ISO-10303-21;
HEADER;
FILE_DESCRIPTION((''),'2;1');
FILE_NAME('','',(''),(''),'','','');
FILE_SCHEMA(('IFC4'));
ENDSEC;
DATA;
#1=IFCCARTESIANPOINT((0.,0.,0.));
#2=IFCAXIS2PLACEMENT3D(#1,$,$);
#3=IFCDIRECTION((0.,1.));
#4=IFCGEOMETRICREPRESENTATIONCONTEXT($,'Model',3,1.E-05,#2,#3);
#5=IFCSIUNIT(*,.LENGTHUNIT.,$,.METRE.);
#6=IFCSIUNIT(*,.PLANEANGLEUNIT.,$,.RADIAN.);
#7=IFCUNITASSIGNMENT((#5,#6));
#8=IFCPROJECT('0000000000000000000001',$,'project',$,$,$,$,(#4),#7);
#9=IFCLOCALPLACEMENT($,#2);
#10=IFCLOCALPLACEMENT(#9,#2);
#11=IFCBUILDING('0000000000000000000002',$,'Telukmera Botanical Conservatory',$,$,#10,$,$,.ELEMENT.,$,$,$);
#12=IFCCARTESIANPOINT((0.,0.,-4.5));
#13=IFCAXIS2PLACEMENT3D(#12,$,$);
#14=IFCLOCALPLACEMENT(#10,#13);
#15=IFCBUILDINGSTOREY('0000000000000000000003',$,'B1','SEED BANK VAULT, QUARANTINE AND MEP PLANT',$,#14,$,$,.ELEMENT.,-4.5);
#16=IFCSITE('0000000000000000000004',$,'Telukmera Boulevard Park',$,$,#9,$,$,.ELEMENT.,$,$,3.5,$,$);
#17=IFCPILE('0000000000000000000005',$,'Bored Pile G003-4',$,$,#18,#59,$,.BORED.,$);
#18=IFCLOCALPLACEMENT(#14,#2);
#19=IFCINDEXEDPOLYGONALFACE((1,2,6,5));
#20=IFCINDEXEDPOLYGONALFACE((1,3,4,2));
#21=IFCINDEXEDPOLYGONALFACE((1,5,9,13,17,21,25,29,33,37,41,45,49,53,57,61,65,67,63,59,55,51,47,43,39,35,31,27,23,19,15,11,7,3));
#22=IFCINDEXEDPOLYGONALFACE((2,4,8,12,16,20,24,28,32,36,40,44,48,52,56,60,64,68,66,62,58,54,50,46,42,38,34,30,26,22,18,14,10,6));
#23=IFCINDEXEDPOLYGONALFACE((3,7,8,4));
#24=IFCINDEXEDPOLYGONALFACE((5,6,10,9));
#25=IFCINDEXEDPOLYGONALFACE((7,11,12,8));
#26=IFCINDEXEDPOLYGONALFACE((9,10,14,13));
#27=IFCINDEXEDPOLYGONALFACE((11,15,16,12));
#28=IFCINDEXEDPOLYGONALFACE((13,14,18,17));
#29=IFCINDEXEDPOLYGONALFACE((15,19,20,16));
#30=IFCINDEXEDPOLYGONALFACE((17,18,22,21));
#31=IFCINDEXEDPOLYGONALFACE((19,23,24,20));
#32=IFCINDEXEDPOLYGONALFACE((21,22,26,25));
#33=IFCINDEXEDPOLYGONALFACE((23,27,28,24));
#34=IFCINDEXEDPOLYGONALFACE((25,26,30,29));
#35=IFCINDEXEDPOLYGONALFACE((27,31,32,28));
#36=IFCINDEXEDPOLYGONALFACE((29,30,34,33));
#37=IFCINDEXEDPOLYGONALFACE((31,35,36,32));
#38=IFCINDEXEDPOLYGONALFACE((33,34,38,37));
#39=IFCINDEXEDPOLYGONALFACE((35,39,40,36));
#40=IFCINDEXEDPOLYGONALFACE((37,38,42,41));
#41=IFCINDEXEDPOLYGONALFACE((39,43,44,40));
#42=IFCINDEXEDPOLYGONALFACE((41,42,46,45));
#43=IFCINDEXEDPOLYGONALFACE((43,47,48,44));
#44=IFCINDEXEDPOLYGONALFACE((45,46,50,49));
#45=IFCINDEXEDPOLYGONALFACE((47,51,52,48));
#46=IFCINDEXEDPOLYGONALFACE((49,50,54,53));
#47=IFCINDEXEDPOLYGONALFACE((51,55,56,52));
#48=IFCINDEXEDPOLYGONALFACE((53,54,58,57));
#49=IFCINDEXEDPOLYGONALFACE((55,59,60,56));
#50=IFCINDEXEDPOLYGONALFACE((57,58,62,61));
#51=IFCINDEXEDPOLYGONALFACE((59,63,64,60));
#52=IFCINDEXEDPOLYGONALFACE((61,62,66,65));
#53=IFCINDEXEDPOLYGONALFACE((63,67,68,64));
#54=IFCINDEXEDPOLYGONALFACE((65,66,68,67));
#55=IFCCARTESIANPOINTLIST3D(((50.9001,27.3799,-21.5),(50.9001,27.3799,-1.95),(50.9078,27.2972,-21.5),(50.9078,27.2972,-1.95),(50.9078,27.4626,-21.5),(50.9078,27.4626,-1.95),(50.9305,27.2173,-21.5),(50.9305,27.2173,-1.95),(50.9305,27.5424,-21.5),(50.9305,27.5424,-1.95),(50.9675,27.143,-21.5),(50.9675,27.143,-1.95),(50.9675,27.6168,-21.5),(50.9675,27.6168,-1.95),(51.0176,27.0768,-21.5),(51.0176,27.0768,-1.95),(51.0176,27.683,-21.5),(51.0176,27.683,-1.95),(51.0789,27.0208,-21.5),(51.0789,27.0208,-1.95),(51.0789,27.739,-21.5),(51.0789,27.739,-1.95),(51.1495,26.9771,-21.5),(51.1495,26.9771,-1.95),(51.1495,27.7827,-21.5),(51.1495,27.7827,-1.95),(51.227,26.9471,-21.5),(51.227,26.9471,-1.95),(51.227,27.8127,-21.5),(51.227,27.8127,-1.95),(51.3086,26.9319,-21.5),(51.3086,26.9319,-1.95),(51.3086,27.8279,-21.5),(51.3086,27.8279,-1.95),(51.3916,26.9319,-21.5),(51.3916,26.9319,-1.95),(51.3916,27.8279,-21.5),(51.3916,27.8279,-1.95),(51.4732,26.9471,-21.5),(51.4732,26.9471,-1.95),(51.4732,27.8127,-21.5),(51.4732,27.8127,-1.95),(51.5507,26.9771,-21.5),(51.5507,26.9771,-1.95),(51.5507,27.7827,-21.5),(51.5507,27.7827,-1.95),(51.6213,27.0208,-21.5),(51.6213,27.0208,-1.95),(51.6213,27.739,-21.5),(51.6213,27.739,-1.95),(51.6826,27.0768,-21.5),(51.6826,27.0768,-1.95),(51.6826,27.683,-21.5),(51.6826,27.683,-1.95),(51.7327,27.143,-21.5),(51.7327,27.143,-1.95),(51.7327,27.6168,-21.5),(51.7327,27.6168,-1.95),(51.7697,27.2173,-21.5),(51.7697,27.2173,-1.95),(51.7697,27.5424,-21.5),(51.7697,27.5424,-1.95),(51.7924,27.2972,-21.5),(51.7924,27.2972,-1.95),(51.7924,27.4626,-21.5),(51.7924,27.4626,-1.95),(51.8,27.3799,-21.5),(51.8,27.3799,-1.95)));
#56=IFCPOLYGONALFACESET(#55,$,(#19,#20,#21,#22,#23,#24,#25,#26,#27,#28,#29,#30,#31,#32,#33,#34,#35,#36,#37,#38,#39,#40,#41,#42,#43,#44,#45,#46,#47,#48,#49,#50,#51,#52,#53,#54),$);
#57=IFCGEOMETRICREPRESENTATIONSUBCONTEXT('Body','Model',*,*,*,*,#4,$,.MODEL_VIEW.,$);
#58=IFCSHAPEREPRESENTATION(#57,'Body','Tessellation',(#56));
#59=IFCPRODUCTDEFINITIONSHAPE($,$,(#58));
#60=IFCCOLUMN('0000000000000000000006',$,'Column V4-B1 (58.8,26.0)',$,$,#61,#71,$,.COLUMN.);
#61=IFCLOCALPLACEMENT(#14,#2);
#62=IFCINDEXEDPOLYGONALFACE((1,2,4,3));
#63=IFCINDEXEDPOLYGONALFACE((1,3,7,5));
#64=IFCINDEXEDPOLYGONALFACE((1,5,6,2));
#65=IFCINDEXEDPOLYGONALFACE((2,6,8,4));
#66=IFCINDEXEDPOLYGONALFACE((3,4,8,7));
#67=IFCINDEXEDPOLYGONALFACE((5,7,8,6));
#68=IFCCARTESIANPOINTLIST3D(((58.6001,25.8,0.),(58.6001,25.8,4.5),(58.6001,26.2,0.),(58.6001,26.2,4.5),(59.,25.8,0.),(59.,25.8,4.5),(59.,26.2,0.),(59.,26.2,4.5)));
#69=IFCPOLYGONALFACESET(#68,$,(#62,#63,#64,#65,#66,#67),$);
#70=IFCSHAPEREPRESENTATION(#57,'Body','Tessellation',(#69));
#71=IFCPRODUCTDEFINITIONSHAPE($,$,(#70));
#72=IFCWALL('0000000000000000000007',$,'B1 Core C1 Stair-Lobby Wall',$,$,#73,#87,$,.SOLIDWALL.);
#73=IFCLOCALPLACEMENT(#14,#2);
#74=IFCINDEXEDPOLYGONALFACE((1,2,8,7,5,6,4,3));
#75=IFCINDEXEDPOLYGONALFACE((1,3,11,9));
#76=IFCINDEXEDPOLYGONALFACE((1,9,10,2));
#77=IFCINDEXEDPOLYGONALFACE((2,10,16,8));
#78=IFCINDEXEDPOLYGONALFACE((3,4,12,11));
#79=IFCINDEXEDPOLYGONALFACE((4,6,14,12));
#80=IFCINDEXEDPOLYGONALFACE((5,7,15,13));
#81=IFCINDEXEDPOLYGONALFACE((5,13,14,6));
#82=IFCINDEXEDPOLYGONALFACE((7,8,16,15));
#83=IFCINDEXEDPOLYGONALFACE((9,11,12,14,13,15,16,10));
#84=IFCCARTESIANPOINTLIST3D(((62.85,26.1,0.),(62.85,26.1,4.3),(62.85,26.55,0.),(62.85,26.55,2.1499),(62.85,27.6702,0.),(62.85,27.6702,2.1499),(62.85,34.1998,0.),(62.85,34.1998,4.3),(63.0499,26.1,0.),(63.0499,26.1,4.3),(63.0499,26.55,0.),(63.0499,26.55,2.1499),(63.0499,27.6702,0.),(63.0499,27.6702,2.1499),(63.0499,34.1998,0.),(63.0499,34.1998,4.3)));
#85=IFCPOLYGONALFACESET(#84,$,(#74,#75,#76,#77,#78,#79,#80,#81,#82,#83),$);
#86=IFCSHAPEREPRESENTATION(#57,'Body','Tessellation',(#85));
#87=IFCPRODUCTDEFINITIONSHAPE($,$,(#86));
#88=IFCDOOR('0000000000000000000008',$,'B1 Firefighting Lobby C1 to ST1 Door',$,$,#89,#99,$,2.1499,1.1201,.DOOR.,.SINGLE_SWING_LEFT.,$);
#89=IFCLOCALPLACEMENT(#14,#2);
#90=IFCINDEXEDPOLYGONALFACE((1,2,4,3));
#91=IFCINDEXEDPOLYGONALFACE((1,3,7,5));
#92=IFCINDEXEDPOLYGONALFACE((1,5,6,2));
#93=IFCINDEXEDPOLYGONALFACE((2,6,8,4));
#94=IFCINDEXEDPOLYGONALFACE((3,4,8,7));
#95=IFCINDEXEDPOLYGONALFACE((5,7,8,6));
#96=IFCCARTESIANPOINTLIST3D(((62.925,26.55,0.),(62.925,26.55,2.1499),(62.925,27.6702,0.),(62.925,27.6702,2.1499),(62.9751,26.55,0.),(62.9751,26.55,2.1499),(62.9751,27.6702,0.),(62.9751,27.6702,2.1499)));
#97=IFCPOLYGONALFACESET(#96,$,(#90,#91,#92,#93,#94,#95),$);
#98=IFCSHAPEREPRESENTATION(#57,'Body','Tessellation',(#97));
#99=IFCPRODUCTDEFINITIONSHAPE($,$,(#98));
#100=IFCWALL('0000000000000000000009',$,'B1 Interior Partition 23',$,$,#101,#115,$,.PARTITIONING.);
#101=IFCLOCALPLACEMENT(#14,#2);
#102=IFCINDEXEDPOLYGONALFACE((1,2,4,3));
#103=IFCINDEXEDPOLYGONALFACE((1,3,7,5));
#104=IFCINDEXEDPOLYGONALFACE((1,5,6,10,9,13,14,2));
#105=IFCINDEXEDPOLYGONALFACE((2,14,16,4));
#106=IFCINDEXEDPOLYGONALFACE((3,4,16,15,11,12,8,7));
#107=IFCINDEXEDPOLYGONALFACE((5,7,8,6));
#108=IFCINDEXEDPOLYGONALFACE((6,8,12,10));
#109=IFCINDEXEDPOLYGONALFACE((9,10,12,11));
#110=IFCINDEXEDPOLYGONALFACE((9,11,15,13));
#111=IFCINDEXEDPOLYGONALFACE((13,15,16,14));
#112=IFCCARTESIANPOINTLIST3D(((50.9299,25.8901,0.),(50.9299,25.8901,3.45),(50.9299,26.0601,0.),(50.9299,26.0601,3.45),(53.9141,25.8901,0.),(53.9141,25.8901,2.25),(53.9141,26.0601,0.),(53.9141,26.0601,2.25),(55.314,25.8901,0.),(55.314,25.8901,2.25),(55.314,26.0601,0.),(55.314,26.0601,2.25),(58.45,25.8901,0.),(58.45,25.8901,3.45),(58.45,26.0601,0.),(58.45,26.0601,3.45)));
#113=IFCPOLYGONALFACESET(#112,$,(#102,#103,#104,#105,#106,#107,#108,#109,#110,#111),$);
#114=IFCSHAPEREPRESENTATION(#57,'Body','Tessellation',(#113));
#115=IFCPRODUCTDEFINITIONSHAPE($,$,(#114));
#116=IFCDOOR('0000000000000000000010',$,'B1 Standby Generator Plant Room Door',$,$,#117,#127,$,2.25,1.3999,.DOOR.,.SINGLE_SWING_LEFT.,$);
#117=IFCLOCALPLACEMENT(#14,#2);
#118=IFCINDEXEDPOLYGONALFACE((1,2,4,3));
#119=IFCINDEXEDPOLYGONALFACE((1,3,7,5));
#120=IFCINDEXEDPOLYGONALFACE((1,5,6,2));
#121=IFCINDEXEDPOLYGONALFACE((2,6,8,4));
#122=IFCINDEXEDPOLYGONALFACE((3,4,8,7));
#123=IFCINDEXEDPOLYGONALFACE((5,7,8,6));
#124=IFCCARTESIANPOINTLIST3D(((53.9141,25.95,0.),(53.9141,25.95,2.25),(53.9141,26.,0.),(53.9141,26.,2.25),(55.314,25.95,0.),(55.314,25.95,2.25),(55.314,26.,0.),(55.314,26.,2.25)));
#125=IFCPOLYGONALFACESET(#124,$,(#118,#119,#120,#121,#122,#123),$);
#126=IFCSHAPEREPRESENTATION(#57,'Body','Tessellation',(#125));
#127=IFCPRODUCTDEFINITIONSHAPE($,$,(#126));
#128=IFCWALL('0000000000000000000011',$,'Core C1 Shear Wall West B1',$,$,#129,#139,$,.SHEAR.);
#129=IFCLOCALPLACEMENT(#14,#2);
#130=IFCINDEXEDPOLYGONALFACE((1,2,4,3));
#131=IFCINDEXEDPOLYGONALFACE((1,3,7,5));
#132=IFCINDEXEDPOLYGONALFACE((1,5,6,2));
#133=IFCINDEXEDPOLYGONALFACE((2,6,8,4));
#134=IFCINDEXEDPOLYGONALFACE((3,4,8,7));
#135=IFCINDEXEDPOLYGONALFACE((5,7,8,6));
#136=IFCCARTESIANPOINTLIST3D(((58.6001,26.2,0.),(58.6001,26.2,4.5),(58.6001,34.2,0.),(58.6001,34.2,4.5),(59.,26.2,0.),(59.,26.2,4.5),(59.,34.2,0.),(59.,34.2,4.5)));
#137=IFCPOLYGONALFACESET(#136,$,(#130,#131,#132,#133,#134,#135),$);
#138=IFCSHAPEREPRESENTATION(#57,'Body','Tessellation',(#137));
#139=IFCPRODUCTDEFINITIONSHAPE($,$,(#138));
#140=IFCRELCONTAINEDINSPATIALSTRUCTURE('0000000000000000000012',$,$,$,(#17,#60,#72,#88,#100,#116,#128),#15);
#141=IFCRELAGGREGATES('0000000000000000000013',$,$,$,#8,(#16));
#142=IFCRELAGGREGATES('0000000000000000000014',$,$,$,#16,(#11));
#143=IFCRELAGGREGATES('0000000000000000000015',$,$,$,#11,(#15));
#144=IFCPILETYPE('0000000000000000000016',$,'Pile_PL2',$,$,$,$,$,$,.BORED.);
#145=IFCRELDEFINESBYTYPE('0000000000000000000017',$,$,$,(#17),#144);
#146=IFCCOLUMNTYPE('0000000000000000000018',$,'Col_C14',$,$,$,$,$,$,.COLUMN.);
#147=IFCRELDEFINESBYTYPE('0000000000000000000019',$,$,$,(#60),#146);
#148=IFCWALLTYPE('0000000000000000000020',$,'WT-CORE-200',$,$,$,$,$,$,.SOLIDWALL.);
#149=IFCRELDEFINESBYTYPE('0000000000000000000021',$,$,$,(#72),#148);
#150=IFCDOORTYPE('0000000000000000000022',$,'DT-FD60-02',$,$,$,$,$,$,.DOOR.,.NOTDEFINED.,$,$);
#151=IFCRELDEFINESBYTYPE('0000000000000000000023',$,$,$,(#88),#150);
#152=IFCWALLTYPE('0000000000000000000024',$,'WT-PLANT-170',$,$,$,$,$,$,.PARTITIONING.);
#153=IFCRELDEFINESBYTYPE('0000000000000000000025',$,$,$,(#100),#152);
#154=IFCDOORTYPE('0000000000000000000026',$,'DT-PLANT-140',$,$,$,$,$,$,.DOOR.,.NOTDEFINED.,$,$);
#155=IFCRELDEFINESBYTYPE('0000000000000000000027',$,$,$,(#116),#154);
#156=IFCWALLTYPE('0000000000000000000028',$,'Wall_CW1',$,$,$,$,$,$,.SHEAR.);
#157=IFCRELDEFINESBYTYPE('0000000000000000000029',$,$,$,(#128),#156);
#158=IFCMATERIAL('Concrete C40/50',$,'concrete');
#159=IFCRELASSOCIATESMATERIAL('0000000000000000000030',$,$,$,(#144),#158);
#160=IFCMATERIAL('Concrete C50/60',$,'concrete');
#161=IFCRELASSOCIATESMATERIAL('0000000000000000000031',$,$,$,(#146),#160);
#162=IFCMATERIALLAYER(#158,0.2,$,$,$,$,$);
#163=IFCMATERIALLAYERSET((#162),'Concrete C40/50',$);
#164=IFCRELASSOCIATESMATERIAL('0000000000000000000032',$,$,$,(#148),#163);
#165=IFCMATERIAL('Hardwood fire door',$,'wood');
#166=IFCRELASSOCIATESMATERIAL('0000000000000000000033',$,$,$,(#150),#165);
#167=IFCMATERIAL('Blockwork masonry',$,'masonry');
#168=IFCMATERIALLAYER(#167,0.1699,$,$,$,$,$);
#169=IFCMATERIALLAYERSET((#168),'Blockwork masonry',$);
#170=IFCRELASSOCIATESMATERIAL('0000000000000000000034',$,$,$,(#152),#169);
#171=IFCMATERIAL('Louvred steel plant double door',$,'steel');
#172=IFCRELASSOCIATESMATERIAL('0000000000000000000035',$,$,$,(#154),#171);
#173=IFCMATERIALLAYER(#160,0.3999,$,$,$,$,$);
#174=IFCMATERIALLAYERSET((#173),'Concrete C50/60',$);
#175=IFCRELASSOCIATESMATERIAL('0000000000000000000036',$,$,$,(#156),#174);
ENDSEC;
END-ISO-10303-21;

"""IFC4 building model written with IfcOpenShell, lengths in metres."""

from ifc_helpers import new_model, si_unit, direction, frame, frame_2d, origin, origin_2d, place, context, subcontext, project, spatial, rectangle, circle, extrude, material, layer, layer_set, material_profile, profile_set, type_object, element, fill, save


model = new_model("IFC4")

# Units and contexts
model_context = context("Model", 3, precision=1e-05, world=origin(), true_north=direction((0.0, 1.0)))
body_context = subcontext(model_context, "Body", "Model", "MODEL_VIEW")
ifc_project = project(units=[si_unit("LENGTHUNIT", "METRE"), si_unit("PLANEANGLEUNIT", "RADIAN")], contexts=[model_context])

# Site, building, storey
site_placement = place(None, origin())
site = spatial("IfcSite", under=ifc_project, at=site_placement, Name="Telukmera Boulevard Park", CompositionType="ELEMENT", RefElevation=3.5)
building_placement = place(site_placement, origin())
building = spatial("IfcBuilding", under=site, at=building_placement, Name="Telukmera Botanical Conservatory", CompositionType="ELEMENT")
storey_placement = place(building_placement, frame((0.0, 0.0, -4.5)))
storey = spatial("IfcBuildingStorey", under=building, at=storey_placement, Name="B1", Description="SEED BANK VAULT, QUARANTINE AND MEP PLANT", CompositionType="ELEMENT", Elevation=-4.5)

# Shared definitions
ifc_material_1 = material(Name="Concrete C40/50", Category="concrete")

# Pile
ifc_material_profile_1 = material_profile(ifc_material_1, circle(Radius=0.45, at=origin_2d()), Name="PILE D900")
ifc_profile_set_1 = profile_set([ifc_material_profile_1], Name="Concrete C40/50")
pile_type_1 = type_object("IfcPileType", Name="Pile_PL2", PredefinedType="BORED", material=ifc_profile_set_1)
for number, where, z_axis, x_axis, name in (
    (1, (51.3501, 27.3799, -1.95), (0.0, 0.0, -1.0), (1.0, 0.0, 0.0), "Bored Pile G003-4"),
):
    element("IfcPile", number, at=place(storey_placement, frame(where, z_axis=z_axis, x_axis=x_axis)), inside=storey, type_object=pile_type_1, Name=name, PredefinedType="BORED", context=body_context, shape_type="SweptSolid", body=[
        extrude(circle(Radius=0.45, at=origin_2d()), origin(), (0.0, 0.0, 1.0), 19.55),
    ])

# Column
ifc_material_2 = material(Name="Concrete C50/60", Category="concrete")
ifc_material_profile_2 = material_profile(ifc_material_2, rectangle(XDim=0.3999, YDim=0.3999, at=origin_2d()), Name="RC 400x400")
ifc_profile_set_2 = profile_set([ifc_material_profile_2], Name="Concrete C50/60")
column_type = type_object("IfcColumnType", Name="Col_C14", PredefinedType="COLUMN", material=ifc_profile_set_2)
column_placement = place(storey_placement, frame((58.8, 26.0, 0.0), z_axis=(0.0, 0.0, 1.0), x_axis=(1.0, 0.0, 0.0)))
element("IfcColumn", 2, at=column_placement, inside=storey, type_object=column_type, Name="Column V4-B1 (58.8,26.0)", PredefinedType="COLUMN", context=body_context, shape_type="SweptSolid", body=[
    extrude(rectangle(XDim=0.3999, YDim=0.3999, at=origin_2d()), origin(), (0.0, 0.0, 1.0), 4.5),
])

# Shared definitions
ifc_layer_1 = layer(ifc_material_1, 0.2)
ifc_layer_set_1 = layer_set([ifc_layer_1], Name="Concrete C40/50")
wall_type_1 = type_object("IfcWallType", Name="WT-CORE-200", PredefinedType="SOLIDWALL", material=ifc_layer_set_1)
ifc_material_3 = material(Name="Hardwood fire door", Category="wood")

# Walls, openings, doors
wall_1_placement = place(storey_placement, frame((62.95, 26.1001, 0.0), z_axis=(0.0, 0.0, 1.0), x_axis=(0.0, 1.0, 0.0)))
wall_1 = element("IfcWall", 3, at=wall_1_placement, inside=storey, type_object=wall_type_1, Name="B1 Core C1 Stair-Lobby Wall", PredefinedType="SOLIDWALL", context=body_context, shape_type="SweptSolid", body=[
    extrude(rectangle(XDim=8.0999, YDim=0.2, at=frame_2d((4.0498, 0.0))), origin(), (0.0, 0.0, 1.0), 4.3),
])
opening_1_placement = place(wall_1_placement, frame((0.45, 0.0, 0.0)))
opening_1 = element("IfcOpeningElement", 4, at=opening_1_placement, cuts=wall_1, PredefinedType="OPENING", context=body_context, shape_type="SweptSolid", body=[
    extrude(rectangle(XDim=1.1201, YDim=2.1499, at=frame_2d((0.5601, 1.075))), frame((0.0, 0.1099, 0.0), z_axis=(0.0, -1.0, 0.0), x_axis=(1.0, 0.0, 0.0)), (0.0, 0.0, 1.0), 0.22),
])
door_type_1 = type_object("IfcDoorType", Name="DT-FD60-02", OperationType="NOTDEFINED", PredefinedType="DOOR", material=ifc_material_3)
door_1_placement = place(opening_1_placement, origin())
door_1 = element("IfcDoor", 5, at=door_1_placement, inside=storey, type_object=door_type_1, Name="B1 Firefighting Lobby C1 to ST1 Door", OperationType="SINGLE_SWING_LEFT", OverallHeight=2.1499, OverallWidth=1.1201, PredefinedType="DOOR", context=body_context, shape_type="SweptSolid", body=[
    extrude(rectangle(XDim=1.1201, YDim=2.1499, at=frame_2d((0.5601, 1.075))), frame((0.0, 0.0249, 0.0), z_axis=(0.0, -1.0, 0.0), x_axis=(1.0, 0.0, 0.0)), (0.0, 0.0, 1.0), 0.05),
])
fill(opening_1, door_1)
ifc_material_4 = material(Name="Blockwork masonry", Category="masonry")
ifc_layer_2 = layer(ifc_material_4, 0.1699)
ifc_layer_set_2 = layer_set([ifc_layer_2], Name="Blockwork masonry")
wall_type_2 = type_object("IfcWallType", Name="WT-PLANT-170", PredefinedType="PARTITIONING", material=ifc_layer_set_2)
wall_2_placement = place(storey_placement, frame((50.9299, 25.9751, 0.0), z_axis=(0.0, 0.0, 1.0), x_axis=(1.0, 0.0, 0.0)))
wall_2 = element("IfcWall", 6, at=wall_2_placement, inside=storey, type_object=wall_type_2, Name="B1 Interior Partition 23", PredefinedType="PARTITIONING", context=body_context, shape_type="SweptSolid", body=[
    extrude(rectangle(XDim=7.52, YDim=0.1699, at=frame_2d((3.76, 0.0))), origin(), (0.0, 0.0, 1.0), 3.45),
])
opening_2_placement = place(wall_2_placement, frame((2.9841, 0.0, 0.0)))
opening_2 = element("IfcOpeningElement", 7, at=opening_2_placement, cuts=wall_2, PredefinedType="OPENING", context=body_context, shape_type="SweptSolid", body=[
    extrude(rectangle(XDim=1.3999, YDim=2.25, at=frame_2d((0.7, 1.125))), frame((0.0, 0.095, 0.0), z_axis=(0.0, -1.0, 0.0), x_axis=(1.0, 0.0, 0.0)), (0.0, 0.0, 1.0), 0.1899),
])
ifc_material_5 = material(Name="Louvred steel plant double door", Category="steel")
door_type_2 = type_object("IfcDoorType", Name="DT-PLANT-140", OperationType="NOTDEFINED", PredefinedType="DOOR", material=ifc_material_5)
door_2_placement = place(opening_2_placement, origin())
door_2 = element("IfcDoor", 8, at=door_2_placement, inside=storey, type_object=door_type_2, Name="B1 Standby Generator Plant Room Door", OperationType="SINGLE_SWING_LEFT", OverallHeight=2.25, OverallWidth=1.3999, PredefinedType="DOOR", context=body_context, shape_type="SweptSolid", body=[
    extrude(rectangle(XDim=1.3999, YDim=2.25, at=frame_2d((0.7, 1.125))), frame((0.0, 0.0249, 0.0), z_axis=(0.0, -1.0, 0.0), x_axis=(1.0, 0.0, 0.0)), (0.0, 0.0, 1.0), 0.05),
])
fill(opening_2, door_2)

# Wall
ifc_layer_3 = layer(ifc_material_2, 0.3999)
ifc_layer_set_3 = layer_set([ifc_layer_3], Name="Concrete C50/60")
wall_type_3 = type_object("IfcWallType", Name="Wall_CW1", PredefinedType="SHEAR", material=ifc_layer_set_3)
wall_3_placement = place(storey_placement, frame((58.8, 26.2, 0.0), z_axis=(0.0, 0.0, 1.0), x_axis=(0.0, 1.0, 0.0)))
element("IfcWall", 9, at=wall_3_placement, inside=storey, type_object=wall_type_3, Name="Core C1 Shear Wall West B1", PredefinedType="SHEAR", context=body_context, shape_type="SweptSolid", body=[
    extrude(rectangle(XDim=8.0, YDim=0.3999, at=frame_2d((4.0, 0.0))), origin(), (0.0, 0.0, 1.0), 4.5),
])

save(model, "model.ifc")
